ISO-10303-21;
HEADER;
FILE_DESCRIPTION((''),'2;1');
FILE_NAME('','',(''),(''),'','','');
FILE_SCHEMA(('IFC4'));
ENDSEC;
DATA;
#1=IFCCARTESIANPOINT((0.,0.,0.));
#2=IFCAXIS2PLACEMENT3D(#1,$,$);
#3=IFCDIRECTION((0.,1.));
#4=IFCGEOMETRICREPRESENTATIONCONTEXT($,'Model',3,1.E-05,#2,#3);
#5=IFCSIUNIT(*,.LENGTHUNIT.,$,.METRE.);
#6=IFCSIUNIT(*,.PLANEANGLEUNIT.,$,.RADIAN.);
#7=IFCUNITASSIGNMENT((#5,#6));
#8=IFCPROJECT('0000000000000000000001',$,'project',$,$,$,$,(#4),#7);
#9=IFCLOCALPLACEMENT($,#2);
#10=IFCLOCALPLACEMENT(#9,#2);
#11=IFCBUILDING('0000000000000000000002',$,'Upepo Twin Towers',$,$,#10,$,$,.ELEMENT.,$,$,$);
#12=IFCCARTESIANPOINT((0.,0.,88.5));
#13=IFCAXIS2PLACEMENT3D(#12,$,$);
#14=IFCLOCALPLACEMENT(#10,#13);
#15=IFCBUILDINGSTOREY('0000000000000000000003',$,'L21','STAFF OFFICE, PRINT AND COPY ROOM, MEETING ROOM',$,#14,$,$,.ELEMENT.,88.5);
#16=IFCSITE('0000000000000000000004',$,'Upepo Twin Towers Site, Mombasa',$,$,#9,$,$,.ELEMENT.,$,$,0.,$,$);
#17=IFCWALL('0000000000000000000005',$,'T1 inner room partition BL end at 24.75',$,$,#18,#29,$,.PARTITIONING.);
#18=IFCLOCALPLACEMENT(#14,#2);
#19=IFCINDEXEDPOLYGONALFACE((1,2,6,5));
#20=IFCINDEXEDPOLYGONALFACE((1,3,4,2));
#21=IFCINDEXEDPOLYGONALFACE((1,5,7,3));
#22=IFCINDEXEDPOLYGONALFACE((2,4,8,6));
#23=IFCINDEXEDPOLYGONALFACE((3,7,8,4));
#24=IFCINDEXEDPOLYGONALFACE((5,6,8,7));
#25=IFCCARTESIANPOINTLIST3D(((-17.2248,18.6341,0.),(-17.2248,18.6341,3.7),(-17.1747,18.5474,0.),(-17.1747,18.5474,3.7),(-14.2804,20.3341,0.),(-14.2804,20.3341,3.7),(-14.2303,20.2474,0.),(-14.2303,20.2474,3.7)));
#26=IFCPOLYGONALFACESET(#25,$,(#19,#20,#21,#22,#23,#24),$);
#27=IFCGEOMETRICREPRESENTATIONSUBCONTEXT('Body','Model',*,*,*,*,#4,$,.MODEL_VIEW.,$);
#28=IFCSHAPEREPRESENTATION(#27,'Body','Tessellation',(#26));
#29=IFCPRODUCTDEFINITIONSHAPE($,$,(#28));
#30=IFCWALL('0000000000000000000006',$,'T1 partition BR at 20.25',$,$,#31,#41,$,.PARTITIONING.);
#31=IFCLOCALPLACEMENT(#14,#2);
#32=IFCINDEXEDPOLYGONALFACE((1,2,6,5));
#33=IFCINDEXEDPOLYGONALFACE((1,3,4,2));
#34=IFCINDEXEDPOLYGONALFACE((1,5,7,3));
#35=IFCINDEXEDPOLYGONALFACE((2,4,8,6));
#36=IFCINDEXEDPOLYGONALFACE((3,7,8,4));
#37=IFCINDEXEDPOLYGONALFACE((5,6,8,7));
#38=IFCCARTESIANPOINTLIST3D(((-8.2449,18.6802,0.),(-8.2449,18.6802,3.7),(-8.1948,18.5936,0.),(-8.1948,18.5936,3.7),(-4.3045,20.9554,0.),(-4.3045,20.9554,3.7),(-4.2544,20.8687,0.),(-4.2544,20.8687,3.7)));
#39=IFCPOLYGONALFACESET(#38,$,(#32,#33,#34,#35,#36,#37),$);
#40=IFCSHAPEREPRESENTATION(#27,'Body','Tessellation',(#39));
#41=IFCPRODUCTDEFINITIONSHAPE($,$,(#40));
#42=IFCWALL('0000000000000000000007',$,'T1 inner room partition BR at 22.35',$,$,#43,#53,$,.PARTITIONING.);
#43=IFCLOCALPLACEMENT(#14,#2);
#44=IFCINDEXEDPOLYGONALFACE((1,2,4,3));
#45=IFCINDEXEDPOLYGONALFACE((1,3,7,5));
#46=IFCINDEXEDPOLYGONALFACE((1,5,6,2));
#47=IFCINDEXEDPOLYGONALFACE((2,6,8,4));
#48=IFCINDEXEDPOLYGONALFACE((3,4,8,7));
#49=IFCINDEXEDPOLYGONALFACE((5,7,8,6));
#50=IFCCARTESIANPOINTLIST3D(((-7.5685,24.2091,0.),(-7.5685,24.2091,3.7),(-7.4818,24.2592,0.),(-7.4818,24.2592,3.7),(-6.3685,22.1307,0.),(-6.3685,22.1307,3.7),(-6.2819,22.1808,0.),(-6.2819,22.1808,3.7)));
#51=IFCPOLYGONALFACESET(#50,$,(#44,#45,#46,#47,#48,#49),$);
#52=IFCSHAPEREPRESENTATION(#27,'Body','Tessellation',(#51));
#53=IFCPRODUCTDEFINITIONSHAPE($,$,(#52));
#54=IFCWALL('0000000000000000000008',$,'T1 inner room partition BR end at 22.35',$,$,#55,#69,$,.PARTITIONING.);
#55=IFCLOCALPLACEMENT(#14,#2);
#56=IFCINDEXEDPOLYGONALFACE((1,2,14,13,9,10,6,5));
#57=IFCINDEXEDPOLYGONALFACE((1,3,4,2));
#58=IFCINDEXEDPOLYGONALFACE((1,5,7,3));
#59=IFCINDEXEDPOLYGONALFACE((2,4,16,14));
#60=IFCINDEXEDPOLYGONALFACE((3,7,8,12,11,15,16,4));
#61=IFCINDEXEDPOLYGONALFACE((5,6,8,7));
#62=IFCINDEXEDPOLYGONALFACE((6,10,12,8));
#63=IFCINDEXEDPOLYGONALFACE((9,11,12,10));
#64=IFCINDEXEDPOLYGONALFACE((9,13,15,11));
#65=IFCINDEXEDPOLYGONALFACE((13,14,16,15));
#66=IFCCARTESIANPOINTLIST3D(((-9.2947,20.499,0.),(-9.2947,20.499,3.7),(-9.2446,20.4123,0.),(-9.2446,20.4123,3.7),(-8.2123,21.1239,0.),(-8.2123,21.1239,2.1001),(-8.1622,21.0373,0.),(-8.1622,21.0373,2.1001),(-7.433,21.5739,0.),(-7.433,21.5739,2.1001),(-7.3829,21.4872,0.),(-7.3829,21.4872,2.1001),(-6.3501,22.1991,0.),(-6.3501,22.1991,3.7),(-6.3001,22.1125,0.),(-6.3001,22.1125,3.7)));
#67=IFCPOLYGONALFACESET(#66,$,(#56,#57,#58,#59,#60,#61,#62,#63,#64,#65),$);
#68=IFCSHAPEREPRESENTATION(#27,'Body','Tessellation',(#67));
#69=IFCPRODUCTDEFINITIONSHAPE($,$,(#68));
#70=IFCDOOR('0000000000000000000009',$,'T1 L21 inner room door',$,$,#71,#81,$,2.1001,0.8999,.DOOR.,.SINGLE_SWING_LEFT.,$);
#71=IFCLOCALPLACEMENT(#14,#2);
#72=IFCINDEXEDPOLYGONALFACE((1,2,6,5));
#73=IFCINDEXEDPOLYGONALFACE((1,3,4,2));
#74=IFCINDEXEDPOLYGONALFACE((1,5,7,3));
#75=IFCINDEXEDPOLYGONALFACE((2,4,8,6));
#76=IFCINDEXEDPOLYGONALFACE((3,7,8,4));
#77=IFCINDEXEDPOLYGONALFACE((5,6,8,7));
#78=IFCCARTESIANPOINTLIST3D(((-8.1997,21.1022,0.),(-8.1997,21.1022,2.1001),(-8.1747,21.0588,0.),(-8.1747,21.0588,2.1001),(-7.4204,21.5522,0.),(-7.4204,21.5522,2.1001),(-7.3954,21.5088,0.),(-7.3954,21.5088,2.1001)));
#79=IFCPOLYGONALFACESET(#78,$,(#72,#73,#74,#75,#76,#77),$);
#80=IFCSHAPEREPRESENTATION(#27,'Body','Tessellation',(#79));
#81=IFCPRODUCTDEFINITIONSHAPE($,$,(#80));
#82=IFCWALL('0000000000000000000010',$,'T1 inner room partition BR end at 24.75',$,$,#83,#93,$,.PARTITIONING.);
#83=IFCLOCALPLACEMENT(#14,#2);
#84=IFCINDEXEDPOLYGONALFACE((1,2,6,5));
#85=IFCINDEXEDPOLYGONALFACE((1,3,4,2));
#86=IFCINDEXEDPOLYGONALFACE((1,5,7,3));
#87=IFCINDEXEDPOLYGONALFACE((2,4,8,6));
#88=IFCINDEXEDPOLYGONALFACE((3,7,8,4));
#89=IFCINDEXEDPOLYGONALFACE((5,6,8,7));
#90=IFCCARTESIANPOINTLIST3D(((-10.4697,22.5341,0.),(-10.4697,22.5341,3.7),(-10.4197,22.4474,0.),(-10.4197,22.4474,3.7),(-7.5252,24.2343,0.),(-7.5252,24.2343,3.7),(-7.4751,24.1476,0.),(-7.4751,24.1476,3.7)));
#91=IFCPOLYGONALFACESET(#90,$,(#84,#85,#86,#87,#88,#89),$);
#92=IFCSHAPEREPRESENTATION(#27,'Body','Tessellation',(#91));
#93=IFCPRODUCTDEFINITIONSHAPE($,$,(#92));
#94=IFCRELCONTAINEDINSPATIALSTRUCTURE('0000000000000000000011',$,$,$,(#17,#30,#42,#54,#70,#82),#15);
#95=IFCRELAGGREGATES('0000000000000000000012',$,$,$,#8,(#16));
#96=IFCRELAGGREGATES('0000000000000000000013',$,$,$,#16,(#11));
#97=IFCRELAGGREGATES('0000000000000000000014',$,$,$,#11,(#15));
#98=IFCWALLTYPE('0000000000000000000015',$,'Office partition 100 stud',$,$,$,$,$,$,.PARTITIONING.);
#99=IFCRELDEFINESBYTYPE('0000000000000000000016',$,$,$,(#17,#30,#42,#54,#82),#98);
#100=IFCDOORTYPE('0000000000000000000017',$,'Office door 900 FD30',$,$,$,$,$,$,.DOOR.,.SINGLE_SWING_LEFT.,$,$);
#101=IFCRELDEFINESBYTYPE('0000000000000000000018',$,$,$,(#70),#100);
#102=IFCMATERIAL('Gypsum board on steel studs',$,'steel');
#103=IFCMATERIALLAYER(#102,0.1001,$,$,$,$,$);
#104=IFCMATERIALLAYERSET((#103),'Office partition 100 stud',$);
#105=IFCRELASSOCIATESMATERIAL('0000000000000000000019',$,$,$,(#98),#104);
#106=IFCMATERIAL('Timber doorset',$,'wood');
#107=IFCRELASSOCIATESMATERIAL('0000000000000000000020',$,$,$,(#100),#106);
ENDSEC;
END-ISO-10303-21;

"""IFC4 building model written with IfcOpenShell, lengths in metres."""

from ifc_helpers import new_model, si_unit, direction, frame, frame_2d, origin, place, context, subcontext, project, spatial, rectangle, extrude, material, layer, layer_set, type_object, element, fill, save


model = new_model("IFC4")

# Units and contexts
model_context = context("Model", 3, precision=1e-05, world=origin(), true_north=direction((0.0, 1.0)))
body_context = subcontext(model_context, "Body", "Model", "MODEL_VIEW")
ifc_project = project(units=[si_unit("LENGTHUNIT", "METRE"), si_unit("PLANEANGLEUNIT", "RADIAN")], contexts=[model_context])

# Site, building, storey
site_placement = place(None, origin())
site = spatial("IfcSite", under=ifc_project, at=site_placement, Name="Upepo Twin Towers Site, Mombasa", CompositionType="ELEMENT", RefElevation=0.0)
building_placement = place(site_placement, origin())
building = spatial("IfcBuilding", under=site, at=building_placement, Name="Upepo Twin Towers", CompositionType="ELEMENT")
storey_placement = place(building_placement, frame((0.0, 0.0, 88.5)))
storey = spatial("IfcBuildingStorey", under=building, at=storey_placement, Name="L21", Description="STAFF OFFICE, PRINT AND COPY ROOM, MEETING ROOM", CompositionType="ELEMENT", Elevation=88.5)

# Shared definitions
ifc_material_1 = material(Name="Gypsum board on steel studs", Category="steel")
ifc_layer_1 = layer(ifc_material_1, 0.1001)
ifc_layer_set_1 = layer_set([ifc_layer_1], Name="Office partition 100 stud")
wall_type_1 = type_object("IfcWallType", Name="Office partition 100 stud", PredefinedType="PARTITIONING", material=ifc_layer_set_1)

# Shared definitions
ifc_material_2 = material(Name="Timber doorset", Category="wood")
door_type = type_object("IfcDoorType", Name="Office door 900 FD30", OperationType="SINGLE_SWING_LEFT", PredefinedType="DOOR", material=ifc_material_2)

# Walls
wall_1_placement = place(storey_placement, frame((-14.2554, 20.2908, 0.0), z_axis=(0.0, 0.0, 1.0), x_axis=(-0.866021, -0.500008, 0.0)))
element("IfcWall", 1, at=wall_1_placement, inside=storey, type_object=wall_type_1, Name="T1 inner room partition BL end at 24.75", PredefinedType="PARTITIONING", context=body_context, shape_type="SweptSolid", body=[
    extrude(rectangle(XDim=3.3999, YDim=0.1001, at=frame_2d((1.7, 0.0))), origin(), (0.0, 0.0, 1.0), 3.7),
])
wall_2_placement = place(storey_placement, frame((-8.2197, 18.637, 0.0), z_axis=(0.0, 0.0, 1.0), x_axis=(0.866012, 0.500023, 0.0)))
element("IfcWall", 2, at=wall_2_placement, inside=storey, type_object=wall_type_1, Name="T1 partition BR at 20.25", PredefinedType="PARTITIONING", context=body_context, shape_type="SweptSolid", body=[
    extrude(rectangle(XDim=4.55, YDim=0.1001, at=frame_2d((2.2749, 0.0))), origin(), (0.0, 0.0, 1.0), 3.7),
])
wall_3_placement = place(storey_placement, frame((-6.3252, 22.1558, 0.0), z_axis=(0.0, 0.0, 1.0), x_axis=(-0.500001, 0.866025, 0.0)))
element("IfcWall", 3, at=wall_3_placement, inside=storey, type_object=wall_type_1, Name="T1 inner room partition BR at 22.35", PredefinedType="PARTITIONING", context=body_context, shape_type="SweptSolid", body=[
    extrude(rectangle(XDim=2.3999, YDim=0.1001, at=frame_2d((1.2, 0.0))), origin(), (0.0, 0.0, 1.0), 3.7),
])

# Wall, opening, door
wall_4_placement = place(storey_placement, frame((-9.2698, 20.4556, 0.0), z_axis=(0.0, 0.0, 1.0), x_axis=(0.866007, 0.500031, 0.0)))
wall_4 = element("IfcWall", 4, at=wall_4_placement, inside=storey, type_object=wall_type_1, Name="T1 inner room partition BR end at 22.35", PredefinedType="PARTITIONING", context=body_context, shape_type="SweptSolid", body=[
    extrude(rectangle(XDim=3.4001, YDim=0.1001, at=frame_2d((1.7002, 0.0))), origin(), (0.0, 0.0, 1.0), 3.7),
])
opening_1_placement = place(wall_4_placement, frame((1.25, 0.0, 0.0)))
opening_1 = element("IfcOpeningElement", 5, at=opening_1_placement, cuts=wall_4, PredefinedType="OPENING", context=body_context, shape_type="SweptSolid", body=[
    extrude(rectangle(XDim=0.8999, YDim=2.1001, at=frame_2d((0.45, 1.05))), frame((0.0, 0.0601, 0.0), z_axis=(0.0, -1.0, 0.0), x_axis=(1.0, 0.0, 0.0)), (0.0, 0.0, 1.0), 0.1201),
])
door_1_placement = place(opening_1_placement, origin())
door_1 = element("IfcDoor", 6, at=door_1_placement, inside=storey, type_object=door_type, Name="T1 L21 inner room door", OperationType="SINGLE_SWING_LEFT", OverallHeight=2.1001, OverallWidth=0.8999, PredefinedType="DOOR", context=body_context, shape_type="SweptSolid", body=[
    extrude(rectangle(XDim=0.8999, YDim=2.1001, at=frame_2d((0.45, 1.05))), frame((0.0, 0.0249, 0.0), z_axis=(0.0, -1.0, 0.0), x_axis=(1.0, 0.0, 0.0)), (0.0, 0.0, 1.0), 0.05),
])
fill(opening_1, door_1)

# Wall
wall_5_placement = place(storey_placement, frame((-10.4448, 22.4907, 0.0), z_axis=(0.0, 0.0, 1.0), x_axis=(0.866007, 0.500031, 0.0)))
element("IfcWall", 7, at=wall_5_placement, inside=storey, type_object=wall_type_1, Name="T1 inner room partition BR end at 24.75", PredefinedType="PARTITIONING", context=body_context, shape_type="SweptSolid", body=[
    extrude(rectangle(XDim=3.4001, YDim=0.1001, at=frame_2d((1.7002, 0.0))), origin(), (0.0, 0.0, 1.0), 3.7),
])

save(model, "model.ifc")
